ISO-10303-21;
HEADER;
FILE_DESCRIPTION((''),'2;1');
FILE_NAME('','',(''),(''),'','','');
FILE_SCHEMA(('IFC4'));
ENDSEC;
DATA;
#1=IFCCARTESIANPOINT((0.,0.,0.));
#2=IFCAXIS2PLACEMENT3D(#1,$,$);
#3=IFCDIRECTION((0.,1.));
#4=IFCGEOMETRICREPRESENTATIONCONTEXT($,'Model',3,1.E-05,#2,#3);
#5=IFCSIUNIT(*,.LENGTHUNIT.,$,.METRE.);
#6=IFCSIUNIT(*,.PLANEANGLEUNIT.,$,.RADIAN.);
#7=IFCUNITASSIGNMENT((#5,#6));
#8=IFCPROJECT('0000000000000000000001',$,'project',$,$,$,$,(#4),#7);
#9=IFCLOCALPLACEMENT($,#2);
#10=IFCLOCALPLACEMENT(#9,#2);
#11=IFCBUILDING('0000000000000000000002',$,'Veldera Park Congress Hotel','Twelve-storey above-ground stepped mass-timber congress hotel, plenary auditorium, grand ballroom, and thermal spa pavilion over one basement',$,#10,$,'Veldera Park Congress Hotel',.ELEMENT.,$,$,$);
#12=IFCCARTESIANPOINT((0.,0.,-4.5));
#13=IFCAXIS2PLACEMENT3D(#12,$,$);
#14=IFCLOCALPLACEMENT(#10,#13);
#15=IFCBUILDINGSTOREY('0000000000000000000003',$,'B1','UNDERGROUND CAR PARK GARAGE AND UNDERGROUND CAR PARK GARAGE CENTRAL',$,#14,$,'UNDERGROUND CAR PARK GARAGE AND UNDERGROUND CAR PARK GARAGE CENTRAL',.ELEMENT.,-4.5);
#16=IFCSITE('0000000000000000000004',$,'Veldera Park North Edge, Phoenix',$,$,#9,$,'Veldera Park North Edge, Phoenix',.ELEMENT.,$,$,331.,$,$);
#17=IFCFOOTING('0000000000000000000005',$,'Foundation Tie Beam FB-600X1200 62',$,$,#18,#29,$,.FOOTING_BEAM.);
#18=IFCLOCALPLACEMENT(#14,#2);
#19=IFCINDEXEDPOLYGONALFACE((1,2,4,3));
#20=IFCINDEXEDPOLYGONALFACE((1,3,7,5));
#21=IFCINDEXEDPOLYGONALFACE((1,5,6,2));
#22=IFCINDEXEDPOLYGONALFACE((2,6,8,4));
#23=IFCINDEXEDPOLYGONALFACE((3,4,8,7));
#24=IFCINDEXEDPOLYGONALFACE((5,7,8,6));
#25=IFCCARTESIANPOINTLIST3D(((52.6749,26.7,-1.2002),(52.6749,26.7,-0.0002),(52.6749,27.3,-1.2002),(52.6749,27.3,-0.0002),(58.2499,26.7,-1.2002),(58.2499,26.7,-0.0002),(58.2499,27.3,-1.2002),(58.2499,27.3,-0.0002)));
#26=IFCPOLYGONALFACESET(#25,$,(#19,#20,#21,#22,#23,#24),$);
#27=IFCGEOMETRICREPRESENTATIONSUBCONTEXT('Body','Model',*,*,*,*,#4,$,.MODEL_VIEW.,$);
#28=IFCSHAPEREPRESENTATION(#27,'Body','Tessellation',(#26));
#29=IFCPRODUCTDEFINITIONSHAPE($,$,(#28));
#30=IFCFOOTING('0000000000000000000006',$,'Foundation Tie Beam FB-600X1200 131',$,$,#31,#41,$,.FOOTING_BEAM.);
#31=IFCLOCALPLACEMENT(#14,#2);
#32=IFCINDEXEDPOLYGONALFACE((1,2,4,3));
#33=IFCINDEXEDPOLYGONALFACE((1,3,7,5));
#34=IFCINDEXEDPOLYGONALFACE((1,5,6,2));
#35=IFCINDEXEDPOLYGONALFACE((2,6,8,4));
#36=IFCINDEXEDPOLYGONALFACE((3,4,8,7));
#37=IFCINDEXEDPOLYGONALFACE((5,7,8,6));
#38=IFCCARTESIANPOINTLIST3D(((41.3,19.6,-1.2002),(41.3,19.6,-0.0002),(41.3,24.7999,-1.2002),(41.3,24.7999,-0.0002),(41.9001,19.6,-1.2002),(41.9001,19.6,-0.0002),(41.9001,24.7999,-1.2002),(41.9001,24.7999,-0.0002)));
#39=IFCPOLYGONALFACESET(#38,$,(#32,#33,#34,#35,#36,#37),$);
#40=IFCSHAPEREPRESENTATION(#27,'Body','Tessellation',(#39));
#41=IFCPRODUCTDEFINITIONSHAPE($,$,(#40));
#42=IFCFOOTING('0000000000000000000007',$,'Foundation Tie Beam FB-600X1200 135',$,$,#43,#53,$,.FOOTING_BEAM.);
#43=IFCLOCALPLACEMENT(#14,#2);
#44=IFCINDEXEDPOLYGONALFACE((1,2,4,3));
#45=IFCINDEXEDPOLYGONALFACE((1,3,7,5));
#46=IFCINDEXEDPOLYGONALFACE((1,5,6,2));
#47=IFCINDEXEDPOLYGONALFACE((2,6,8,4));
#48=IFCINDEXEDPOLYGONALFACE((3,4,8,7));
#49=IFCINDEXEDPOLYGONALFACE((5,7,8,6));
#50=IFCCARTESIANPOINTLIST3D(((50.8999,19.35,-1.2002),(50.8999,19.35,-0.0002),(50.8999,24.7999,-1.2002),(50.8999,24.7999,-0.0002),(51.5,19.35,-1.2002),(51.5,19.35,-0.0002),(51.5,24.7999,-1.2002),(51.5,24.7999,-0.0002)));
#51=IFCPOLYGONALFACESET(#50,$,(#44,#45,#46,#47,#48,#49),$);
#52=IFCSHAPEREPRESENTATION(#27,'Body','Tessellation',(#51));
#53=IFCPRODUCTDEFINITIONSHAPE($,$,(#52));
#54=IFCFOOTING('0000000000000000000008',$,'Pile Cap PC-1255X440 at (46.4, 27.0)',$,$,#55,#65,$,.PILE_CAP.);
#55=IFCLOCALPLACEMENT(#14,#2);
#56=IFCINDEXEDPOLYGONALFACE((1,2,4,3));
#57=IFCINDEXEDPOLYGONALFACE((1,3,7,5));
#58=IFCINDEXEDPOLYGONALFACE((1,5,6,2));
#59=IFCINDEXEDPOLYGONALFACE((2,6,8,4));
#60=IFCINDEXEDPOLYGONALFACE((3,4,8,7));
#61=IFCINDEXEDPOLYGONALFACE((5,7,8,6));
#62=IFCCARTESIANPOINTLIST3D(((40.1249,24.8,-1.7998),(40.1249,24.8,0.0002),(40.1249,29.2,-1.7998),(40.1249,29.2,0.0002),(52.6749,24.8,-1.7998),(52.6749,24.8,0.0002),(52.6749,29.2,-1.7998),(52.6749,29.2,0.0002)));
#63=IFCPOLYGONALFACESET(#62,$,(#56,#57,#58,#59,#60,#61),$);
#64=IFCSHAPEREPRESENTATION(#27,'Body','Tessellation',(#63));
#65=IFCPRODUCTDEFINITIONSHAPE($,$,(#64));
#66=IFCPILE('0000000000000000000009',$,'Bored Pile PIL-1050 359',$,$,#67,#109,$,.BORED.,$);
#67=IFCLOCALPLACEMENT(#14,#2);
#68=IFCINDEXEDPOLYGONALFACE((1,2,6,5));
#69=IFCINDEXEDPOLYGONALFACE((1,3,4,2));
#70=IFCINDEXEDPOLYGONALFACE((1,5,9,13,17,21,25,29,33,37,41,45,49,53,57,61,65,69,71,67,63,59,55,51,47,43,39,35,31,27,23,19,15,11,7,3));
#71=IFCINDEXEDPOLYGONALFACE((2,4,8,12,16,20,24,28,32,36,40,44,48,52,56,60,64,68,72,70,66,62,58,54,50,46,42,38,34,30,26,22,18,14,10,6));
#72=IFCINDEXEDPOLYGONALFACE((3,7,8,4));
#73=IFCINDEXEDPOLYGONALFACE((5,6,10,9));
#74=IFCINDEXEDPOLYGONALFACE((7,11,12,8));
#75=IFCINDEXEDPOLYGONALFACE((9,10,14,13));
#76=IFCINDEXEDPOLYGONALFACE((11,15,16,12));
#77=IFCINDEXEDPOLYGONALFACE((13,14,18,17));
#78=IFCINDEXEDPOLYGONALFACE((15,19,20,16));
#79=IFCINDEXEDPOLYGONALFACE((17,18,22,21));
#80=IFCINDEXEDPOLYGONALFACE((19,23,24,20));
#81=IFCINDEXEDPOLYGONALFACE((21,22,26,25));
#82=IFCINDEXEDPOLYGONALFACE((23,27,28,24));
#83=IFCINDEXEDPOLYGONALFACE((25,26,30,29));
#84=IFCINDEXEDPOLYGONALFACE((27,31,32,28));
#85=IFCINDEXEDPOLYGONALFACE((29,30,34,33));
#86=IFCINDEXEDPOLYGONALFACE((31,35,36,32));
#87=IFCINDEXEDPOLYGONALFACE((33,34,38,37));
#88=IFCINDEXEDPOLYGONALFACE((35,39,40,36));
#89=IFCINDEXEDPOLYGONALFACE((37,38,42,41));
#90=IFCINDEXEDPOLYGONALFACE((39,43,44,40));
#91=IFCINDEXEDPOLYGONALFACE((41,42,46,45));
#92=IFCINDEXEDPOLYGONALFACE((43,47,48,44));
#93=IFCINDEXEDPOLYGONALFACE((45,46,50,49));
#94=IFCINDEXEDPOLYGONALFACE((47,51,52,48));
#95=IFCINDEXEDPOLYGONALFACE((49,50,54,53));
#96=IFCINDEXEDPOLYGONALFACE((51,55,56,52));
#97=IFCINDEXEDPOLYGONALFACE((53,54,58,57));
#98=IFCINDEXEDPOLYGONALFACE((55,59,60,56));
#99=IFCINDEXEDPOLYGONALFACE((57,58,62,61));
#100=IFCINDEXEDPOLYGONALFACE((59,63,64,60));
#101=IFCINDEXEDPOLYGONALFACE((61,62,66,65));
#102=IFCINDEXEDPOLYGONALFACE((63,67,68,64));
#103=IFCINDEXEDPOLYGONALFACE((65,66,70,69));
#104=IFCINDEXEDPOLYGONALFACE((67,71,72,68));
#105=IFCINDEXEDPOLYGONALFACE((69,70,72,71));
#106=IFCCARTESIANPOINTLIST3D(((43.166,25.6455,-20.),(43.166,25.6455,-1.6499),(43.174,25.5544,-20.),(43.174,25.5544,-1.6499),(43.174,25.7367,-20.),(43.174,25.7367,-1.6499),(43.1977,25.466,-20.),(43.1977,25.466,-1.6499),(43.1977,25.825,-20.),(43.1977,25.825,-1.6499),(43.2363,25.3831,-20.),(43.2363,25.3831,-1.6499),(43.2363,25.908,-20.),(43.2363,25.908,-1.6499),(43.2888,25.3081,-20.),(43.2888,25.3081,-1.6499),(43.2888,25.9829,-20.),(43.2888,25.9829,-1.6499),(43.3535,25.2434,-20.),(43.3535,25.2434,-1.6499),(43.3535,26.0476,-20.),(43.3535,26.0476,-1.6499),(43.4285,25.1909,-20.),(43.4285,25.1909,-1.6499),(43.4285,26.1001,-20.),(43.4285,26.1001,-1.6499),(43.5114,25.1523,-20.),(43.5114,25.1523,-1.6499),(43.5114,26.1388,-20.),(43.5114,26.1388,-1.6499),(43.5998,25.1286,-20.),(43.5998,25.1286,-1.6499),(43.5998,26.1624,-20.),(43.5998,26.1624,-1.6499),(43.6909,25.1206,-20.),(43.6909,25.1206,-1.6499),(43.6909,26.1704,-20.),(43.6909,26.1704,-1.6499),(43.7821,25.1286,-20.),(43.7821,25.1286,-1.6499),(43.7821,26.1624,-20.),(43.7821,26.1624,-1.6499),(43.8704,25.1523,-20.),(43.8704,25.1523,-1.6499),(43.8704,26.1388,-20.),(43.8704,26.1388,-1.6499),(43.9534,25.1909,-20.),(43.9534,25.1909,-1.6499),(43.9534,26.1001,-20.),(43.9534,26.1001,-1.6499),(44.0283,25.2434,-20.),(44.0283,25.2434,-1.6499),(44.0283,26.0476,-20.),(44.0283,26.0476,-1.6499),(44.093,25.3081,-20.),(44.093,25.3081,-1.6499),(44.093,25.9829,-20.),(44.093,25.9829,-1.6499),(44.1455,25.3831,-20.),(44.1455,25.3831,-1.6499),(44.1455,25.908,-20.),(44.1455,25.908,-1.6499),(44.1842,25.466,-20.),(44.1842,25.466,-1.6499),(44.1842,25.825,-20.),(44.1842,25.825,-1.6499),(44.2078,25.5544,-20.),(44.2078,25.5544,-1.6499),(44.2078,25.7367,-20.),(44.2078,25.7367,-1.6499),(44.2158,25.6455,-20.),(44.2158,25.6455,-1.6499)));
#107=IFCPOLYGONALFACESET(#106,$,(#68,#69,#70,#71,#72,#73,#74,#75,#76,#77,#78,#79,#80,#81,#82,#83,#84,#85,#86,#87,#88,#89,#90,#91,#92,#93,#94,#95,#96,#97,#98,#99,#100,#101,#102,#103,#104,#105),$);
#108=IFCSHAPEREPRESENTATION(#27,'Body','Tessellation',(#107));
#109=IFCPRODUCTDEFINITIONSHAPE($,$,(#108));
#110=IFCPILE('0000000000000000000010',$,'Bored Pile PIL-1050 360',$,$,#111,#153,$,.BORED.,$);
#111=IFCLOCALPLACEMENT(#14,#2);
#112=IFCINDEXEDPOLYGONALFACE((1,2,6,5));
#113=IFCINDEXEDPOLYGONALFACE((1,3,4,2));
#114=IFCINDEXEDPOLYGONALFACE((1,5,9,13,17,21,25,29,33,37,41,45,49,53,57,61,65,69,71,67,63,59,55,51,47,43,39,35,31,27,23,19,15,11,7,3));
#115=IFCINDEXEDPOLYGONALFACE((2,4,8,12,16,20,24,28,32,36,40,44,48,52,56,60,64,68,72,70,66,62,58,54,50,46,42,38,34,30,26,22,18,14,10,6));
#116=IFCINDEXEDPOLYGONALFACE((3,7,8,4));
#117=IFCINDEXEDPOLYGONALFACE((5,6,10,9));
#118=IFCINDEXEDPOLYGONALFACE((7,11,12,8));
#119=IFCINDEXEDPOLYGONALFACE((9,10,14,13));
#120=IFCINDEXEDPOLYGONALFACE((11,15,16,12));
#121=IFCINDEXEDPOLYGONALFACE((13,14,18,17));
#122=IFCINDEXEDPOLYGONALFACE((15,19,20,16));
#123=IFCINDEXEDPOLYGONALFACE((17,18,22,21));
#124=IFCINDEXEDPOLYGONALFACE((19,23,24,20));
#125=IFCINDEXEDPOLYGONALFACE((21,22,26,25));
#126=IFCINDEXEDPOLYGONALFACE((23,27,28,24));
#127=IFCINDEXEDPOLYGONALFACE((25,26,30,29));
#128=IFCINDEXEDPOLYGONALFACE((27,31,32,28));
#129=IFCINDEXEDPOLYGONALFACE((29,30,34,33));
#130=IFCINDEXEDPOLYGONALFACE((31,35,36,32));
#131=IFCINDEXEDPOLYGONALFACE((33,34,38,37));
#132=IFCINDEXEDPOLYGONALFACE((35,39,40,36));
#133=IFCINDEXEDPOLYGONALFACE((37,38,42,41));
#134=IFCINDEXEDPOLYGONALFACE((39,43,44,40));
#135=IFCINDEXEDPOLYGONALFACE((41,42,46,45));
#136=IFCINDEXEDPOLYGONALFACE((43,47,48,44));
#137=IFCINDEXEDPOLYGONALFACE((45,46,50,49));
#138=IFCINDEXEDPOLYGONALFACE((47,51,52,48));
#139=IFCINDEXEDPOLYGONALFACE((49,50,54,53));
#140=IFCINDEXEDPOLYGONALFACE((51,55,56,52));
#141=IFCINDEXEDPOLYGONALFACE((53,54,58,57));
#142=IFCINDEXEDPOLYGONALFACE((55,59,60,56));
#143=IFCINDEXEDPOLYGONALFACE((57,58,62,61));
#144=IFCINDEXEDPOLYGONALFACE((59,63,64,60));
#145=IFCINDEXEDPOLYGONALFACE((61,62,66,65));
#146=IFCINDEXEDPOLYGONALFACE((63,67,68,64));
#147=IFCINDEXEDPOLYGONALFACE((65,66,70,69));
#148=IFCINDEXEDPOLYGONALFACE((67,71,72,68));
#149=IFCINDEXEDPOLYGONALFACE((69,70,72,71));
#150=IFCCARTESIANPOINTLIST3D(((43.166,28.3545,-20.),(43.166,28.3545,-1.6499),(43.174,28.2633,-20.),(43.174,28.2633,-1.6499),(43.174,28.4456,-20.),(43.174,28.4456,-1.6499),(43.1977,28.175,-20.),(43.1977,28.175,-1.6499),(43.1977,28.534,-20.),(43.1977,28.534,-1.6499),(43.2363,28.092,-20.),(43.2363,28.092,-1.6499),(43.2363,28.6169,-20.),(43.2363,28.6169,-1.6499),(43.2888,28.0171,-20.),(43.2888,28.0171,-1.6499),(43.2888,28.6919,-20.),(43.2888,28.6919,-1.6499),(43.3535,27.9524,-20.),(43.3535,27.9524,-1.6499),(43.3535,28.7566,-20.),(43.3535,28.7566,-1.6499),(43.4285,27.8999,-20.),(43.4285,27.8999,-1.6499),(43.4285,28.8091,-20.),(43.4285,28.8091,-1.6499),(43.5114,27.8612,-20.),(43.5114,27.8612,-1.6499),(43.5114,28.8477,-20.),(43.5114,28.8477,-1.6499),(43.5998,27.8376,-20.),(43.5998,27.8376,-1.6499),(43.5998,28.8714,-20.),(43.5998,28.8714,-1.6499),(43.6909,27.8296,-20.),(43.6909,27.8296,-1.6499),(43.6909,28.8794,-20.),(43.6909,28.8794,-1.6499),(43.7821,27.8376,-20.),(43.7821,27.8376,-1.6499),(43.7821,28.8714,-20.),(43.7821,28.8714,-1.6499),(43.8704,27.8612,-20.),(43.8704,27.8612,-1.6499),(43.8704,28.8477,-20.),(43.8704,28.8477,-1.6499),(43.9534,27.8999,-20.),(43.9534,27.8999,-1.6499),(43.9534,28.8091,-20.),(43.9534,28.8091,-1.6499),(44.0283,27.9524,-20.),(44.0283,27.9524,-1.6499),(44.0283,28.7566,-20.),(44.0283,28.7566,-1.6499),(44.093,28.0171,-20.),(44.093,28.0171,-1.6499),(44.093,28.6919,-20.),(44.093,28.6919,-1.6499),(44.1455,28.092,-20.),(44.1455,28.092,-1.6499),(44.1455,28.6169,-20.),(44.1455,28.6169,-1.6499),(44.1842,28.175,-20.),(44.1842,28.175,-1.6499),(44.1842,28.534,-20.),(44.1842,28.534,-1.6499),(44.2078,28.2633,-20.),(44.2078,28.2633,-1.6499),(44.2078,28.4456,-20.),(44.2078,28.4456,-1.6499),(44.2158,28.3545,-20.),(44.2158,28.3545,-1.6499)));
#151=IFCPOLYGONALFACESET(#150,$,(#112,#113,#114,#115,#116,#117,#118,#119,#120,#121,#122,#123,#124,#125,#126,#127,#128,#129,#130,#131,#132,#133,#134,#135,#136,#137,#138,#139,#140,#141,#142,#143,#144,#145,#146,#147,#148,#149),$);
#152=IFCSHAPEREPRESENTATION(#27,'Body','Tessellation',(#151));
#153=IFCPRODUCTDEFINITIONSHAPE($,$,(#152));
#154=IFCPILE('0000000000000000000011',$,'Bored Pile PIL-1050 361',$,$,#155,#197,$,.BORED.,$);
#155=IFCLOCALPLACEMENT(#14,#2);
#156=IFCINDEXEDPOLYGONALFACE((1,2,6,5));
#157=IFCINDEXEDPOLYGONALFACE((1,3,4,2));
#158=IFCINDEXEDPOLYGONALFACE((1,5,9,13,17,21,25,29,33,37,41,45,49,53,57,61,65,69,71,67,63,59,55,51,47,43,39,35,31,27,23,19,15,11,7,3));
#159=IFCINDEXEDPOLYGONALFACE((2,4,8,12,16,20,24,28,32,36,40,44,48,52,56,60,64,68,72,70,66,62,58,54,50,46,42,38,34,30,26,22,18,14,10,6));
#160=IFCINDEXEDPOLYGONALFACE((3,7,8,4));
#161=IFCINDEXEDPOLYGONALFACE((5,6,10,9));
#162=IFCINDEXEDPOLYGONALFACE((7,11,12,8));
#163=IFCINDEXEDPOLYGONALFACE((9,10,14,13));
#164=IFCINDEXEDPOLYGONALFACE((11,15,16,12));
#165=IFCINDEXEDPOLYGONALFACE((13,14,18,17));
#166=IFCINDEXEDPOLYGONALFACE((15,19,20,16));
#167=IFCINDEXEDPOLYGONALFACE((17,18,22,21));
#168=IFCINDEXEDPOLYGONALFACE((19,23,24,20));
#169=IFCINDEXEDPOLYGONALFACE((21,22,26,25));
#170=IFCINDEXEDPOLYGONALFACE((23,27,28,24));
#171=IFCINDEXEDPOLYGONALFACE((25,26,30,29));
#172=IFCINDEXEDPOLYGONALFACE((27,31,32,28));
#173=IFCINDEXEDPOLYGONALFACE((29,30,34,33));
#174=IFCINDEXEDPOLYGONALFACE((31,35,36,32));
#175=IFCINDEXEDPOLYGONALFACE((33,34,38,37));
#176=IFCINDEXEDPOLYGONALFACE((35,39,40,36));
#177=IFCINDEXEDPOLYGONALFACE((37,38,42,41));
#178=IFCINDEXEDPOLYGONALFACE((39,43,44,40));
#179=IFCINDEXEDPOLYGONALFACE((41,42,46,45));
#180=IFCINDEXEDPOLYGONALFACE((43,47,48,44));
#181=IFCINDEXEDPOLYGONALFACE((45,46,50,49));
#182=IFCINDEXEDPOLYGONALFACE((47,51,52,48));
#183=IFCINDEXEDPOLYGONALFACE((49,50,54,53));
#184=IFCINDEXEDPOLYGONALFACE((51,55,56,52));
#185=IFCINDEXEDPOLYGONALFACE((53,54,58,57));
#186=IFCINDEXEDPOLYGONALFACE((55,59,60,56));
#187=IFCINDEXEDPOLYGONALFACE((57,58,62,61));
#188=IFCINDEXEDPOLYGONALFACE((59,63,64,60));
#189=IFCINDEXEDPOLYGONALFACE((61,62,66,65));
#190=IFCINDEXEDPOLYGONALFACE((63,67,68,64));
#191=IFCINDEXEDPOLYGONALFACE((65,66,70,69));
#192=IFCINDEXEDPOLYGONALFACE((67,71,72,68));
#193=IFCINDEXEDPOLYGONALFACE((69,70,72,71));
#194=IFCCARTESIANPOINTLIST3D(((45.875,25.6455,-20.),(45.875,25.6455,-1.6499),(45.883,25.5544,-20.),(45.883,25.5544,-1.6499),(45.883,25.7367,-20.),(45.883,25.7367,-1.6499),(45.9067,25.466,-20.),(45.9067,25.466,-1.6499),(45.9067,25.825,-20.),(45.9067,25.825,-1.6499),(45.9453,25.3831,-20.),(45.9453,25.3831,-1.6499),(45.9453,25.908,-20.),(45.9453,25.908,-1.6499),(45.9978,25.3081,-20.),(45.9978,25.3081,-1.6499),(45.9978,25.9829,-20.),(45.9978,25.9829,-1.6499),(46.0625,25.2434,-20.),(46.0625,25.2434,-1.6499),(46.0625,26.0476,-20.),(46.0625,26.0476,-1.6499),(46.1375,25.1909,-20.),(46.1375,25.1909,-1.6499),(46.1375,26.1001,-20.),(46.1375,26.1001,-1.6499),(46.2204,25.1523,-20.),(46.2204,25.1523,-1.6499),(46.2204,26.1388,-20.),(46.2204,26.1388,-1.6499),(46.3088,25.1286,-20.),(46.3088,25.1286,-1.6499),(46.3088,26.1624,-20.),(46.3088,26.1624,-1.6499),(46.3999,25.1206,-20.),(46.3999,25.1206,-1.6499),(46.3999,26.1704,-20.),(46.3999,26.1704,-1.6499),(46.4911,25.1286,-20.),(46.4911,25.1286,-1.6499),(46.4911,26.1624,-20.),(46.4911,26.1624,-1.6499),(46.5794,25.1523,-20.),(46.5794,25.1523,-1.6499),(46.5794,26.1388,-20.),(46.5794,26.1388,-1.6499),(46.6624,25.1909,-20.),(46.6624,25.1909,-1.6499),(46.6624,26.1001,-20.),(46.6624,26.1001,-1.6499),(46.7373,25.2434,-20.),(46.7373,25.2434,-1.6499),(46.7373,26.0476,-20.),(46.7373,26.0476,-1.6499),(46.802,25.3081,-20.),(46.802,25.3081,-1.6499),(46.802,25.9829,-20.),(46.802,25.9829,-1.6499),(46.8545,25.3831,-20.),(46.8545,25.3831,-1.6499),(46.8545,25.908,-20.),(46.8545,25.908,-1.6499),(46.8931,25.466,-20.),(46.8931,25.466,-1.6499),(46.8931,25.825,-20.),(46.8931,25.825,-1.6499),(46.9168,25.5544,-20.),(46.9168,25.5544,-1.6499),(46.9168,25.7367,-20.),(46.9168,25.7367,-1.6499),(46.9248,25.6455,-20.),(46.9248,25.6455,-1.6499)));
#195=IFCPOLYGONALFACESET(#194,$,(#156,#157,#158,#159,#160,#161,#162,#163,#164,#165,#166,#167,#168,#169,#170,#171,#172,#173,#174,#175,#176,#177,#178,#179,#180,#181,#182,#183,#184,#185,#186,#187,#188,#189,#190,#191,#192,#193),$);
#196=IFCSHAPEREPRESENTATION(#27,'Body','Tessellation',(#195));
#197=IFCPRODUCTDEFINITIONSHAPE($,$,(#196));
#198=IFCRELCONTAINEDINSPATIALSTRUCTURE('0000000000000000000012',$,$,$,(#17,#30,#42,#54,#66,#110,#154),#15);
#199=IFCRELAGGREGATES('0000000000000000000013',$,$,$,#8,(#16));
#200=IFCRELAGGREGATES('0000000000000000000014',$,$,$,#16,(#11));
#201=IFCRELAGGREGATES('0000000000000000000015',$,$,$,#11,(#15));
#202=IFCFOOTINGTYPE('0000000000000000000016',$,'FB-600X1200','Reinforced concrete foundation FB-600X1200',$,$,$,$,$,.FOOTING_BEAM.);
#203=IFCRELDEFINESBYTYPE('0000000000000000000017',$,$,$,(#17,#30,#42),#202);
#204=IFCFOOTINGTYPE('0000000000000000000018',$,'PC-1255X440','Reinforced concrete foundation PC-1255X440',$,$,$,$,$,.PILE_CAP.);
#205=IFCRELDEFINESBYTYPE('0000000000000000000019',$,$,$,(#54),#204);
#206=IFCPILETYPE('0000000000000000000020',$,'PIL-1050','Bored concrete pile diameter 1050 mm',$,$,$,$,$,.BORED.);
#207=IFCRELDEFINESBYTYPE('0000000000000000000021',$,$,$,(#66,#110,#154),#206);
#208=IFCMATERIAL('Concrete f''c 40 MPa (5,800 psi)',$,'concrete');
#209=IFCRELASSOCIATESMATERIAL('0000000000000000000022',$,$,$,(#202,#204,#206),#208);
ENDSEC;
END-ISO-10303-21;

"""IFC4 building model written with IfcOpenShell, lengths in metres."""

from ifc_helpers import new_model, si_unit, direction, frame, origin, origin_2d, place, context, subcontext, project, spatial, rectangle, circle, extrude, material, material_profile, profile_set, type_object, element, save


model = new_model("IFC4")

# Units and contexts
model_context = context("Model", 3, precision=1e-05, world=origin(), true_north=direction((0.0, 1.0)))
body_context = subcontext(model_context, "Body", "Model", "MODEL_VIEW")
ifc_project = project(units=[si_unit("LENGTHUNIT", "METRE"), si_unit("PLANEANGLEUNIT", "RADIAN")], contexts=[model_context])

# Site, building, storey
site_placement = place(None, origin())
site = spatial("IfcSite", under=ifc_project, at=site_placement, Name="Veldera Park North Edge, Phoenix", LongName="Veldera Park North Edge, Phoenix", CompositionType="ELEMENT", RefElevation=331.0)
building_placement = place(site_placement, origin())
building = spatial("IfcBuilding", under=site, at=building_placement, Name="Veldera Park Congress Hotel", Description="Twelve-storey above-ground stepped mass-timber congress hotel, plenary auditorium, grand ballroom, and thermal spa pavilion over one basement", LongName="Veldera Park Congress Hotel", CompositionType="ELEMENT")
storey_placement = place(building_placement, frame((0.0, 0.0, -4.5)))
storey = spatial("IfcBuildingStorey", under=building, at=storey_placement, Name="B1", Description="UNDERGROUND CAR PARK GARAGE AND UNDERGROUND CAR PARK GARAGE CENTRAL", LongName="UNDERGROUND CAR PARK GARAGE AND UNDERGROUND CAR PARK GARAGE CENTRAL", CompositionType="ELEMENT", Elevation=-4.5)

# Footings
ifc_material_1 = material(Name="Concrete f'c 40 MPa (5,800 psi)", Category="concrete")
footing_type_1 = type_object("IfcFootingType", Name="FB-600X1200", Description="Reinforced concrete foundation FB-600X1200", PredefinedType="FOOTING_BEAM", material=ifc_material_1)
footing_1_placement = place(storey_placement, frame((55.4624, 27.0, -1.2002), z_axis=(0.0, 0.0, 1.0), x_axis=(1.0, 0.0, 0.0)))
element("IfcFooting", 1, at=footing_1_placement, inside=storey, type_object=footing_type_1, Name="Foundation Tie Beam FB-600X1200 62", PredefinedType="FOOTING_BEAM", context=body_context, shape_type="SweptSolid", body=[
    extrude(rectangle(XDim=5.575, YDim=0.6001, at=origin_2d()), origin(), (0.0, 0.0, 1.0), 1.2),
])
footing_2_placement = place(storey_placement, frame((41.6001, 22.2, -1.2002), z_axis=(0.0, 0.0, 1.0), x_axis=(0.0, 1.0, 0.0)))
element("IfcFooting", 2, at=footing_2_placement, inside=storey, type_object=footing_type_1, Name="Foundation Tie Beam FB-600X1200 131", PredefinedType="FOOTING_BEAM", context=body_context, shape_type="SweptSolid", body=[
    extrude(rectangle(XDim=5.2, YDim=0.6001, at=origin_2d()), origin(), (0.0, 0.0, 1.0), 1.2),
])
footing_3_placement = place(storey_placement, frame((51.2, 22.075, -1.2002), z_axis=(0.0, 0.0, 1.0), x_axis=(0.0, 1.0, 0.0)))
element("IfcFooting", 3, at=footing_3_placement, inside=storey, type_object=footing_type_1, Name="Foundation Tie Beam FB-600X1200 135", PredefinedType="FOOTING_BEAM", context=body_context, shape_type="SweptSolid", body=[
    extrude(rectangle(XDim=5.45, YDim=0.6001, at=origin_2d()), origin(), (0.0, 0.0, 1.0), 1.2),
])
footing_type_2 = type_object("IfcFootingType", Name="PC-1255X440", Description="Reinforced concrete foundation PC-1255X440", PredefinedType="PILE_CAP", material=ifc_material_1)
footing_4_placement = place(storey_placement, frame((46.3999, 27.0, -1.7998), z_axis=(0.0, 0.0, 1.0), x_axis=(1.0, 0.0, 0.0)))
element("IfcFooting", 4, at=footing_4_placement, inside=storey, type_object=footing_type_2, Name="Pile Cap PC-1255X440 at (46.4, 27.0)", PredefinedType="PILE_CAP", context=body_context, shape_type="SweptSolid", body=[
    extrude(rectangle(XDim=12.55, YDim=4.3999, at=origin_2d()), origin(), (0.0, 0.0, 1.0), 1.8),
])

# Piles
ifc_material_profile_1 = material_profile(ifc_material_1, circle(Radius=0.5249, at=origin_2d()), Name="PILE D1050")
ifc_profile_set_1 = profile_set([ifc_material_profile_1], Name="Concrete f'c 40 MPa (5,800 psi)")
pile_type = type_object("IfcPileType", Name="PIL-1050", Description="Bored concrete pile diameter 1050 mm", PredefinedType="BORED", material=ifc_profile_set_1)
for number, where, z_axis, x_axis, name in (
    (5, (43.6909, 25.6455, -1.6499), (0.0, 0.0, -1.0), (1.0, 0.0, 0.0), "Bored Pile PIL-1050 359"),
    (6, (43.6909, 28.3545, -1.6499), (0.0, 0.0, -1.0), (1.0, 0.0, 0.0), "Bored Pile PIL-1050 360"),
    (7, (46.3999, 25.6455, -1.6499), (0.0, 0.0, -1.0), (1.0, 0.0, 0.0), "Bored Pile PIL-1050 361"),
):
    element("IfcPile", number, at=place(storey_placement, frame(where, z_axis=z_axis, x_axis=x_axis)), inside=storey, type_object=pile_type, Name=name, PredefinedType="BORED", context=body_context, shape_type="SweptSolid", body=[
        extrude(circle(Radius=0.5249, at=origin_2d()), origin(), (0.0, 0.0, 1.0), 18.3501),
    ])

save(model, "model.ifc")
